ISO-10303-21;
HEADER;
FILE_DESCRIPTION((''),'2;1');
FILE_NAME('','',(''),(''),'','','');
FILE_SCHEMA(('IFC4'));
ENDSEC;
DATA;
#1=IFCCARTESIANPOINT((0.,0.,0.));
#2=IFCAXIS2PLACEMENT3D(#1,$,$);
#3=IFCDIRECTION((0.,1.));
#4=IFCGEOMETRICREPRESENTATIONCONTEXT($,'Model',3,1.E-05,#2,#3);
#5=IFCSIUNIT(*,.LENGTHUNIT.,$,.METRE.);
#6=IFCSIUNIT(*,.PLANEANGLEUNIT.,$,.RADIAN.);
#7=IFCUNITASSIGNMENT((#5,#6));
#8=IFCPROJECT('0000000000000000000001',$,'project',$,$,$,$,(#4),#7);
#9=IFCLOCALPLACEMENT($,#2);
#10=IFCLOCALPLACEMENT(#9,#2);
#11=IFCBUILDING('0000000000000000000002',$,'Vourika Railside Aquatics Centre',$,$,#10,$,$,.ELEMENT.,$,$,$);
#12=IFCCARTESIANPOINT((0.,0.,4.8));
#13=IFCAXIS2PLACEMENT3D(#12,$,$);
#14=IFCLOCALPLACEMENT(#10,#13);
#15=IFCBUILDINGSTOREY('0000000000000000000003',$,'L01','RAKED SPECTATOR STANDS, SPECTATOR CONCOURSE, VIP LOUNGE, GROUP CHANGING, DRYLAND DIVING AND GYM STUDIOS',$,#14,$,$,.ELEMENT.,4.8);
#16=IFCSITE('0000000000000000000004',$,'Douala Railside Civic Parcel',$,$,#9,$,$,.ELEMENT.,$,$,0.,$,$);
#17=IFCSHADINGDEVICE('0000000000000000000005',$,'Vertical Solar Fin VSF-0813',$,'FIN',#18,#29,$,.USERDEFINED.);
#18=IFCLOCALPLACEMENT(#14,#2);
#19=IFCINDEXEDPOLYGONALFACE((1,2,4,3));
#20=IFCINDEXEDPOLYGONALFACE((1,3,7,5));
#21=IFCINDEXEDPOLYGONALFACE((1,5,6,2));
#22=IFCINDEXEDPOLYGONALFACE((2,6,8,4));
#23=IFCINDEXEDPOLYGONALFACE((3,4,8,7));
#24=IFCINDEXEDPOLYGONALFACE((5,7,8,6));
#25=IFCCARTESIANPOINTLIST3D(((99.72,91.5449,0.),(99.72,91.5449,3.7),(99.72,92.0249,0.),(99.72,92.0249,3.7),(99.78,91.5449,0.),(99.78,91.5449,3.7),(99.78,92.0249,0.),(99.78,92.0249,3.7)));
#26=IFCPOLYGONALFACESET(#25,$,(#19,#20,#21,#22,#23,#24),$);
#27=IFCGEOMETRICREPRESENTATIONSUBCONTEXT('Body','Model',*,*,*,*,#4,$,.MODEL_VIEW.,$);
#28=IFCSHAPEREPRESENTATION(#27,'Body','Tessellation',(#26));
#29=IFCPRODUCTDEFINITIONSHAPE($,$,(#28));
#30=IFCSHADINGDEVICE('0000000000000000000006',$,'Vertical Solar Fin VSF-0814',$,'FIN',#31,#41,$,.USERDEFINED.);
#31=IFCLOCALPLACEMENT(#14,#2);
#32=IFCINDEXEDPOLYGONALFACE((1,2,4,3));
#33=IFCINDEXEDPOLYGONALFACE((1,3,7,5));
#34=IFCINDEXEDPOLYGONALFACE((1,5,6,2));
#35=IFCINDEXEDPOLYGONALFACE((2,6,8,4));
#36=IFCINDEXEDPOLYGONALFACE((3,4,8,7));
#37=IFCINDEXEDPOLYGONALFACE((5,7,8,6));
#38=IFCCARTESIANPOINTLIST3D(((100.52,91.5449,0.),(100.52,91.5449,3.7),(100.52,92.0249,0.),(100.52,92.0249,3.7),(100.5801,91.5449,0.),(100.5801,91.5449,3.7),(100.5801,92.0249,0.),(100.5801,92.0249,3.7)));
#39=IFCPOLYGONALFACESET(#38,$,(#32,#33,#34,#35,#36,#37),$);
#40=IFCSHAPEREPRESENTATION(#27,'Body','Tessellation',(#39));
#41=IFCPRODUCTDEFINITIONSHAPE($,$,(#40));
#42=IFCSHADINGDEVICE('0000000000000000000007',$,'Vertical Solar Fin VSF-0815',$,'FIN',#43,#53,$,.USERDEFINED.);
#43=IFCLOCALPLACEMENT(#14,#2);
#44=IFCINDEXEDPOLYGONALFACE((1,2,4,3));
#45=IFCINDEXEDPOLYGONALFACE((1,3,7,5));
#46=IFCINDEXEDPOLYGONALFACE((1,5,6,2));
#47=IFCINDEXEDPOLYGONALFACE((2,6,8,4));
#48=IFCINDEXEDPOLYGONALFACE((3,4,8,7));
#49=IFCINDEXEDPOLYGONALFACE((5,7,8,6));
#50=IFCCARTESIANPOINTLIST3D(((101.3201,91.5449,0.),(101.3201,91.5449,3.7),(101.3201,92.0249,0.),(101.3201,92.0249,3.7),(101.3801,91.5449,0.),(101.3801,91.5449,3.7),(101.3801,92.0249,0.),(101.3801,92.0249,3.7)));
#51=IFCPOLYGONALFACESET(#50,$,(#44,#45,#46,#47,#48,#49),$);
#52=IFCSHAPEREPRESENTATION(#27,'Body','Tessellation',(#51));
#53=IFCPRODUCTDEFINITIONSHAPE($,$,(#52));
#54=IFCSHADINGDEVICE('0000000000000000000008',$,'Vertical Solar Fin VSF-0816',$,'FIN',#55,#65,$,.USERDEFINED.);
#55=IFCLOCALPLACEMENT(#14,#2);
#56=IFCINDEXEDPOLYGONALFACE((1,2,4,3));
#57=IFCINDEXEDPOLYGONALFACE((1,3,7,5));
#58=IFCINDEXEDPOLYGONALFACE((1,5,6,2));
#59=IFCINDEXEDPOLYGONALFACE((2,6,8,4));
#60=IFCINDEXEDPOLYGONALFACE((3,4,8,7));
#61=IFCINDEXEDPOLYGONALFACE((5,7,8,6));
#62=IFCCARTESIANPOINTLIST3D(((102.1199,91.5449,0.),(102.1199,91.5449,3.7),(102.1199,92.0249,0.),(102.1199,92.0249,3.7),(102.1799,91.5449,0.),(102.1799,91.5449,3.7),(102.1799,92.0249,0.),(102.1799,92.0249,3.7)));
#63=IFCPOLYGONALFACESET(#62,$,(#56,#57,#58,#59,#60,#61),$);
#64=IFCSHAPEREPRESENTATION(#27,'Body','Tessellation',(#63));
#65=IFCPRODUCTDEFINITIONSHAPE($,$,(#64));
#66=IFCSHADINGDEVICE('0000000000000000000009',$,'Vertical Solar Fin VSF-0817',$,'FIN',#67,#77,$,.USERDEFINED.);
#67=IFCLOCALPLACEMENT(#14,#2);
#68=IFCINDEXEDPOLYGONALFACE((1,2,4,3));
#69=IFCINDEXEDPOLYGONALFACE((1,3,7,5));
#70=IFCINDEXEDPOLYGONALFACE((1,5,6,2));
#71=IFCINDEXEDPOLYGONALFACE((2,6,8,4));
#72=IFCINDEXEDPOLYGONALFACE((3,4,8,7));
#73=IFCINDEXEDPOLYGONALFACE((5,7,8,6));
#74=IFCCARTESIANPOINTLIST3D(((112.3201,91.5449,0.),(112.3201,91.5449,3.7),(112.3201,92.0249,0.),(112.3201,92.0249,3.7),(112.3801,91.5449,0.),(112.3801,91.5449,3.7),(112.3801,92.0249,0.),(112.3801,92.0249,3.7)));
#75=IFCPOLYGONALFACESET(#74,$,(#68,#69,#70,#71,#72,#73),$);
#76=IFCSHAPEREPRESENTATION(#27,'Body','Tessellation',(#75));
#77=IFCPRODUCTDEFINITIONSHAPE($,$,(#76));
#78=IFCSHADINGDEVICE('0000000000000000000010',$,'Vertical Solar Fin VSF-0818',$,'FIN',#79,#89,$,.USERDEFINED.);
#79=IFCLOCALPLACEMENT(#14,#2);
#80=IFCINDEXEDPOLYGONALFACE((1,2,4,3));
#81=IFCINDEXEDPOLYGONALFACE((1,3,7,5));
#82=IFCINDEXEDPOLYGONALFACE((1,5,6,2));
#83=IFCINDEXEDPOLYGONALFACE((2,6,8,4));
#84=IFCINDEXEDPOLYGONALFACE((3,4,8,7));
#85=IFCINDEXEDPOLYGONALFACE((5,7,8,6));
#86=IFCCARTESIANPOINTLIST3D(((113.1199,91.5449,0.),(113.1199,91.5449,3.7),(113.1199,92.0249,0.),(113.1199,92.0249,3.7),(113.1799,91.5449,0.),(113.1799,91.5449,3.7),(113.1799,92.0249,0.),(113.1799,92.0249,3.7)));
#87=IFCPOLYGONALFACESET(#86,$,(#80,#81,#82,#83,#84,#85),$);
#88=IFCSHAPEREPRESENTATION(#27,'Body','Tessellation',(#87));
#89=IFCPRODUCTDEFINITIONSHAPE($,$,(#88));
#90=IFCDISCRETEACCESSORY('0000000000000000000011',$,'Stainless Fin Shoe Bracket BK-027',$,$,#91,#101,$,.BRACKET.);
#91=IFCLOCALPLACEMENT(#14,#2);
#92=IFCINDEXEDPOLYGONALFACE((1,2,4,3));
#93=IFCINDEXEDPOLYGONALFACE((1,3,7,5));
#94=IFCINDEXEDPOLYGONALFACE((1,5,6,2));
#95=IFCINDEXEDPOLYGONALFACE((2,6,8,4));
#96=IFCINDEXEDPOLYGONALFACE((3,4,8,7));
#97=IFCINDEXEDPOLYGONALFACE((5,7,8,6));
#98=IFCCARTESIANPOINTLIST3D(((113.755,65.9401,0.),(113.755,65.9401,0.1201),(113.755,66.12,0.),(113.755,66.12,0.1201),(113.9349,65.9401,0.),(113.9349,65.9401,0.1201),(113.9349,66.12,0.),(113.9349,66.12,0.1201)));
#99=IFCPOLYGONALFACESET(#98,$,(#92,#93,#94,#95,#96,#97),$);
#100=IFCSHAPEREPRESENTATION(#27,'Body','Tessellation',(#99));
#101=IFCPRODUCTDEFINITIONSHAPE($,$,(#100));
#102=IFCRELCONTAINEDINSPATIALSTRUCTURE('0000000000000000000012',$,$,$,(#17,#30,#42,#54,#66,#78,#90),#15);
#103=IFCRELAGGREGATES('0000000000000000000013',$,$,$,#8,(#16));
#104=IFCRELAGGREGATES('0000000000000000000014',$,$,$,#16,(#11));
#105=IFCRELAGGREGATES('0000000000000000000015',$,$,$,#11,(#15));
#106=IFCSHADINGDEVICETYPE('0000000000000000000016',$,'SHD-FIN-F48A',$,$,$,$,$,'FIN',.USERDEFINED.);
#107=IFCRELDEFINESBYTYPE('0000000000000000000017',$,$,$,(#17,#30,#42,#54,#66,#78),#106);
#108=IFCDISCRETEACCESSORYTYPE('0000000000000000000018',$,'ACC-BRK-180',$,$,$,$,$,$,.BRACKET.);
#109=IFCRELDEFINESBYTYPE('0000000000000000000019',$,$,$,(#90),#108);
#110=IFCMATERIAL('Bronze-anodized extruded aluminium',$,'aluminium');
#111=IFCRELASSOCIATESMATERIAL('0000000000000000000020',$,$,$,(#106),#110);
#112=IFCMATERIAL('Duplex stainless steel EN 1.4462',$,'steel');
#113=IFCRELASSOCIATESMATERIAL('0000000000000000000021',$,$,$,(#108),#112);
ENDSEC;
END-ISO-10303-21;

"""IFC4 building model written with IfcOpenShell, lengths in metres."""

from ifc_helpers import new_model, si_unit, direction, frame, origin, origin_2d, place, context, subcontext, project, spatial, rectangle, extrude, material, material_profile, profile_set, type_object, element, save


model = new_model("IFC4")

# Units and contexts
model_context = context("Model", 3, precision=1e-05, world=origin(), true_north=direction((0.0, 1.0)))
body_context = subcontext(model_context, "Body", "Model", "MODEL_VIEW")
ifc_project = project(units=[si_unit("LENGTHUNIT", "METRE"), si_unit("PLANEANGLEUNIT", "RADIAN")], contexts=[model_context])

# Site, building, storey
site_placement = place(None, origin())
site = spatial("IfcSite", under=ifc_project, at=site_placement, Name="Douala Railside Civic Parcel", CompositionType="ELEMENT", RefElevation=0.0)
building_placement = place(site_placement, origin())
building = spatial("IfcBuilding", under=site, at=building_placement, Name="Vourika Railside Aquatics Centre", CompositionType="ELEMENT")
storey_placement = place(building_placement, frame((0.0, 0.0, 4.8)))
storey = spatial("IfcBuildingStorey", under=building, at=storey_placement, Name="L01", Description="RAKED SPECTATOR STANDS, SPECTATOR CONCOURSE, VIP LOUNGE, GROUP CHANGING, DRYLAND DIVING AND GYM STUDIOS", CompositionType="ELEMENT", Elevation=4.8)

# Shading devices
ifc_material_1 = material(Name="Bronze-anodized extruded aluminium", Category="aluminium")
ifc_material_profile_1 = material_profile(ifc_material_1, rectangle(XDim=0.0601, YDim=0.48, at=origin_2d()), Name="ALU-FIN 60x480")
ifc_profile_set_1 = profile_set([ifc_material_profile_1], Name="Bronze-anodized extruded aluminium")
shading_device_type = type_object("IfcShadingDeviceType", Name="SHD-FIN-F48A", ElementType="FIN", PredefinedType="USERDEFINED", material=ifc_profile_set_1)
for number, where, z_axis, x_axis, name in (
    (1, (99.75, 91.7849, 0.0), (0.0, 0.0, 1.0), (-1.0, 0.0, 0.0), "Vertical Solar Fin VSF-0813"),
    (2, (100.55, 91.7849, 0.0), (0.0, 0.0, 1.0), (-1.0, 0.0, 0.0), "Vertical Solar Fin VSF-0814"),
    (3, (101.3501, 91.7849, 0.0), (0.0, 0.0, 1.0), (-1.0, 0.0, 0.0), "Vertical Solar Fin VSF-0815"),
    (4, (102.1499, 91.7849, 0.0), (0.0, 0.0, 1.0), (-1.0, 0.0, 0.0), "Vertical Solar Fin VSF-0816"),
    (5, (112.3501, 91.7849, 0.0), (0.0, 0.0, 1.0), (-1.0, 0.0, 0.0), "Vertical Solar Fin VSF-0817"),
    (6, (113.1499, 91.7849, 0.0), (0.0, 0.0, 1.0), (-1.0, 0.0, 0.0), "Vertical Solar Fin VSF-0818"),
):
    element("IfcShadingDevice", number, at=place(storey_placement, frame(where, z_axis=z_axis, x_axis=x_axis)), inside=storey, type_object=shading_device_type, Name=name, ObjectType="FIN", PredefinedType="USERDEFINED", context=body_context, shape_type="SweptSolid", body=[
        extrude(rectangle(XDim=0.0601, YDim=0.48, at=origin_2d()), origin(), (0.0, 0.0, 1.0), 3.7),
    ])

# Discrete accessory
ifc_material_2 = material(Name="Duplex stainless steel EN 1.4462", Category="steel")
discrete_accessory_type = type_object("IfcDiscreteAccessoryType", Name="ACC-BRK-180", PredefinedType="BRACKET", material=ifc_material_2)
discrete_accessory_placement = place(storey_placement, frame((113.845, 66.03, 0.0), z_axis=(0.0, 0.0, 1.0), x_axis=(0.0, 1.0, 0.0)))
element("IfcDiscreteAccessory", 7, at=discrete_accessory_placement, inside=storey, type_object=discrete_accessory_type, Name="Stainless Fin Shoe Bracket BK-027", PredefinedType="BRACKET", context=body_context, shape_type="SweptSolid", body=[
    extrude(rectangle(XDim=0.1799, YDim=0.1799, at=origin_2d()), origin(), (0.0, 0.0, 1.0), 0.1201),
])

save(model, "model.ifc")
